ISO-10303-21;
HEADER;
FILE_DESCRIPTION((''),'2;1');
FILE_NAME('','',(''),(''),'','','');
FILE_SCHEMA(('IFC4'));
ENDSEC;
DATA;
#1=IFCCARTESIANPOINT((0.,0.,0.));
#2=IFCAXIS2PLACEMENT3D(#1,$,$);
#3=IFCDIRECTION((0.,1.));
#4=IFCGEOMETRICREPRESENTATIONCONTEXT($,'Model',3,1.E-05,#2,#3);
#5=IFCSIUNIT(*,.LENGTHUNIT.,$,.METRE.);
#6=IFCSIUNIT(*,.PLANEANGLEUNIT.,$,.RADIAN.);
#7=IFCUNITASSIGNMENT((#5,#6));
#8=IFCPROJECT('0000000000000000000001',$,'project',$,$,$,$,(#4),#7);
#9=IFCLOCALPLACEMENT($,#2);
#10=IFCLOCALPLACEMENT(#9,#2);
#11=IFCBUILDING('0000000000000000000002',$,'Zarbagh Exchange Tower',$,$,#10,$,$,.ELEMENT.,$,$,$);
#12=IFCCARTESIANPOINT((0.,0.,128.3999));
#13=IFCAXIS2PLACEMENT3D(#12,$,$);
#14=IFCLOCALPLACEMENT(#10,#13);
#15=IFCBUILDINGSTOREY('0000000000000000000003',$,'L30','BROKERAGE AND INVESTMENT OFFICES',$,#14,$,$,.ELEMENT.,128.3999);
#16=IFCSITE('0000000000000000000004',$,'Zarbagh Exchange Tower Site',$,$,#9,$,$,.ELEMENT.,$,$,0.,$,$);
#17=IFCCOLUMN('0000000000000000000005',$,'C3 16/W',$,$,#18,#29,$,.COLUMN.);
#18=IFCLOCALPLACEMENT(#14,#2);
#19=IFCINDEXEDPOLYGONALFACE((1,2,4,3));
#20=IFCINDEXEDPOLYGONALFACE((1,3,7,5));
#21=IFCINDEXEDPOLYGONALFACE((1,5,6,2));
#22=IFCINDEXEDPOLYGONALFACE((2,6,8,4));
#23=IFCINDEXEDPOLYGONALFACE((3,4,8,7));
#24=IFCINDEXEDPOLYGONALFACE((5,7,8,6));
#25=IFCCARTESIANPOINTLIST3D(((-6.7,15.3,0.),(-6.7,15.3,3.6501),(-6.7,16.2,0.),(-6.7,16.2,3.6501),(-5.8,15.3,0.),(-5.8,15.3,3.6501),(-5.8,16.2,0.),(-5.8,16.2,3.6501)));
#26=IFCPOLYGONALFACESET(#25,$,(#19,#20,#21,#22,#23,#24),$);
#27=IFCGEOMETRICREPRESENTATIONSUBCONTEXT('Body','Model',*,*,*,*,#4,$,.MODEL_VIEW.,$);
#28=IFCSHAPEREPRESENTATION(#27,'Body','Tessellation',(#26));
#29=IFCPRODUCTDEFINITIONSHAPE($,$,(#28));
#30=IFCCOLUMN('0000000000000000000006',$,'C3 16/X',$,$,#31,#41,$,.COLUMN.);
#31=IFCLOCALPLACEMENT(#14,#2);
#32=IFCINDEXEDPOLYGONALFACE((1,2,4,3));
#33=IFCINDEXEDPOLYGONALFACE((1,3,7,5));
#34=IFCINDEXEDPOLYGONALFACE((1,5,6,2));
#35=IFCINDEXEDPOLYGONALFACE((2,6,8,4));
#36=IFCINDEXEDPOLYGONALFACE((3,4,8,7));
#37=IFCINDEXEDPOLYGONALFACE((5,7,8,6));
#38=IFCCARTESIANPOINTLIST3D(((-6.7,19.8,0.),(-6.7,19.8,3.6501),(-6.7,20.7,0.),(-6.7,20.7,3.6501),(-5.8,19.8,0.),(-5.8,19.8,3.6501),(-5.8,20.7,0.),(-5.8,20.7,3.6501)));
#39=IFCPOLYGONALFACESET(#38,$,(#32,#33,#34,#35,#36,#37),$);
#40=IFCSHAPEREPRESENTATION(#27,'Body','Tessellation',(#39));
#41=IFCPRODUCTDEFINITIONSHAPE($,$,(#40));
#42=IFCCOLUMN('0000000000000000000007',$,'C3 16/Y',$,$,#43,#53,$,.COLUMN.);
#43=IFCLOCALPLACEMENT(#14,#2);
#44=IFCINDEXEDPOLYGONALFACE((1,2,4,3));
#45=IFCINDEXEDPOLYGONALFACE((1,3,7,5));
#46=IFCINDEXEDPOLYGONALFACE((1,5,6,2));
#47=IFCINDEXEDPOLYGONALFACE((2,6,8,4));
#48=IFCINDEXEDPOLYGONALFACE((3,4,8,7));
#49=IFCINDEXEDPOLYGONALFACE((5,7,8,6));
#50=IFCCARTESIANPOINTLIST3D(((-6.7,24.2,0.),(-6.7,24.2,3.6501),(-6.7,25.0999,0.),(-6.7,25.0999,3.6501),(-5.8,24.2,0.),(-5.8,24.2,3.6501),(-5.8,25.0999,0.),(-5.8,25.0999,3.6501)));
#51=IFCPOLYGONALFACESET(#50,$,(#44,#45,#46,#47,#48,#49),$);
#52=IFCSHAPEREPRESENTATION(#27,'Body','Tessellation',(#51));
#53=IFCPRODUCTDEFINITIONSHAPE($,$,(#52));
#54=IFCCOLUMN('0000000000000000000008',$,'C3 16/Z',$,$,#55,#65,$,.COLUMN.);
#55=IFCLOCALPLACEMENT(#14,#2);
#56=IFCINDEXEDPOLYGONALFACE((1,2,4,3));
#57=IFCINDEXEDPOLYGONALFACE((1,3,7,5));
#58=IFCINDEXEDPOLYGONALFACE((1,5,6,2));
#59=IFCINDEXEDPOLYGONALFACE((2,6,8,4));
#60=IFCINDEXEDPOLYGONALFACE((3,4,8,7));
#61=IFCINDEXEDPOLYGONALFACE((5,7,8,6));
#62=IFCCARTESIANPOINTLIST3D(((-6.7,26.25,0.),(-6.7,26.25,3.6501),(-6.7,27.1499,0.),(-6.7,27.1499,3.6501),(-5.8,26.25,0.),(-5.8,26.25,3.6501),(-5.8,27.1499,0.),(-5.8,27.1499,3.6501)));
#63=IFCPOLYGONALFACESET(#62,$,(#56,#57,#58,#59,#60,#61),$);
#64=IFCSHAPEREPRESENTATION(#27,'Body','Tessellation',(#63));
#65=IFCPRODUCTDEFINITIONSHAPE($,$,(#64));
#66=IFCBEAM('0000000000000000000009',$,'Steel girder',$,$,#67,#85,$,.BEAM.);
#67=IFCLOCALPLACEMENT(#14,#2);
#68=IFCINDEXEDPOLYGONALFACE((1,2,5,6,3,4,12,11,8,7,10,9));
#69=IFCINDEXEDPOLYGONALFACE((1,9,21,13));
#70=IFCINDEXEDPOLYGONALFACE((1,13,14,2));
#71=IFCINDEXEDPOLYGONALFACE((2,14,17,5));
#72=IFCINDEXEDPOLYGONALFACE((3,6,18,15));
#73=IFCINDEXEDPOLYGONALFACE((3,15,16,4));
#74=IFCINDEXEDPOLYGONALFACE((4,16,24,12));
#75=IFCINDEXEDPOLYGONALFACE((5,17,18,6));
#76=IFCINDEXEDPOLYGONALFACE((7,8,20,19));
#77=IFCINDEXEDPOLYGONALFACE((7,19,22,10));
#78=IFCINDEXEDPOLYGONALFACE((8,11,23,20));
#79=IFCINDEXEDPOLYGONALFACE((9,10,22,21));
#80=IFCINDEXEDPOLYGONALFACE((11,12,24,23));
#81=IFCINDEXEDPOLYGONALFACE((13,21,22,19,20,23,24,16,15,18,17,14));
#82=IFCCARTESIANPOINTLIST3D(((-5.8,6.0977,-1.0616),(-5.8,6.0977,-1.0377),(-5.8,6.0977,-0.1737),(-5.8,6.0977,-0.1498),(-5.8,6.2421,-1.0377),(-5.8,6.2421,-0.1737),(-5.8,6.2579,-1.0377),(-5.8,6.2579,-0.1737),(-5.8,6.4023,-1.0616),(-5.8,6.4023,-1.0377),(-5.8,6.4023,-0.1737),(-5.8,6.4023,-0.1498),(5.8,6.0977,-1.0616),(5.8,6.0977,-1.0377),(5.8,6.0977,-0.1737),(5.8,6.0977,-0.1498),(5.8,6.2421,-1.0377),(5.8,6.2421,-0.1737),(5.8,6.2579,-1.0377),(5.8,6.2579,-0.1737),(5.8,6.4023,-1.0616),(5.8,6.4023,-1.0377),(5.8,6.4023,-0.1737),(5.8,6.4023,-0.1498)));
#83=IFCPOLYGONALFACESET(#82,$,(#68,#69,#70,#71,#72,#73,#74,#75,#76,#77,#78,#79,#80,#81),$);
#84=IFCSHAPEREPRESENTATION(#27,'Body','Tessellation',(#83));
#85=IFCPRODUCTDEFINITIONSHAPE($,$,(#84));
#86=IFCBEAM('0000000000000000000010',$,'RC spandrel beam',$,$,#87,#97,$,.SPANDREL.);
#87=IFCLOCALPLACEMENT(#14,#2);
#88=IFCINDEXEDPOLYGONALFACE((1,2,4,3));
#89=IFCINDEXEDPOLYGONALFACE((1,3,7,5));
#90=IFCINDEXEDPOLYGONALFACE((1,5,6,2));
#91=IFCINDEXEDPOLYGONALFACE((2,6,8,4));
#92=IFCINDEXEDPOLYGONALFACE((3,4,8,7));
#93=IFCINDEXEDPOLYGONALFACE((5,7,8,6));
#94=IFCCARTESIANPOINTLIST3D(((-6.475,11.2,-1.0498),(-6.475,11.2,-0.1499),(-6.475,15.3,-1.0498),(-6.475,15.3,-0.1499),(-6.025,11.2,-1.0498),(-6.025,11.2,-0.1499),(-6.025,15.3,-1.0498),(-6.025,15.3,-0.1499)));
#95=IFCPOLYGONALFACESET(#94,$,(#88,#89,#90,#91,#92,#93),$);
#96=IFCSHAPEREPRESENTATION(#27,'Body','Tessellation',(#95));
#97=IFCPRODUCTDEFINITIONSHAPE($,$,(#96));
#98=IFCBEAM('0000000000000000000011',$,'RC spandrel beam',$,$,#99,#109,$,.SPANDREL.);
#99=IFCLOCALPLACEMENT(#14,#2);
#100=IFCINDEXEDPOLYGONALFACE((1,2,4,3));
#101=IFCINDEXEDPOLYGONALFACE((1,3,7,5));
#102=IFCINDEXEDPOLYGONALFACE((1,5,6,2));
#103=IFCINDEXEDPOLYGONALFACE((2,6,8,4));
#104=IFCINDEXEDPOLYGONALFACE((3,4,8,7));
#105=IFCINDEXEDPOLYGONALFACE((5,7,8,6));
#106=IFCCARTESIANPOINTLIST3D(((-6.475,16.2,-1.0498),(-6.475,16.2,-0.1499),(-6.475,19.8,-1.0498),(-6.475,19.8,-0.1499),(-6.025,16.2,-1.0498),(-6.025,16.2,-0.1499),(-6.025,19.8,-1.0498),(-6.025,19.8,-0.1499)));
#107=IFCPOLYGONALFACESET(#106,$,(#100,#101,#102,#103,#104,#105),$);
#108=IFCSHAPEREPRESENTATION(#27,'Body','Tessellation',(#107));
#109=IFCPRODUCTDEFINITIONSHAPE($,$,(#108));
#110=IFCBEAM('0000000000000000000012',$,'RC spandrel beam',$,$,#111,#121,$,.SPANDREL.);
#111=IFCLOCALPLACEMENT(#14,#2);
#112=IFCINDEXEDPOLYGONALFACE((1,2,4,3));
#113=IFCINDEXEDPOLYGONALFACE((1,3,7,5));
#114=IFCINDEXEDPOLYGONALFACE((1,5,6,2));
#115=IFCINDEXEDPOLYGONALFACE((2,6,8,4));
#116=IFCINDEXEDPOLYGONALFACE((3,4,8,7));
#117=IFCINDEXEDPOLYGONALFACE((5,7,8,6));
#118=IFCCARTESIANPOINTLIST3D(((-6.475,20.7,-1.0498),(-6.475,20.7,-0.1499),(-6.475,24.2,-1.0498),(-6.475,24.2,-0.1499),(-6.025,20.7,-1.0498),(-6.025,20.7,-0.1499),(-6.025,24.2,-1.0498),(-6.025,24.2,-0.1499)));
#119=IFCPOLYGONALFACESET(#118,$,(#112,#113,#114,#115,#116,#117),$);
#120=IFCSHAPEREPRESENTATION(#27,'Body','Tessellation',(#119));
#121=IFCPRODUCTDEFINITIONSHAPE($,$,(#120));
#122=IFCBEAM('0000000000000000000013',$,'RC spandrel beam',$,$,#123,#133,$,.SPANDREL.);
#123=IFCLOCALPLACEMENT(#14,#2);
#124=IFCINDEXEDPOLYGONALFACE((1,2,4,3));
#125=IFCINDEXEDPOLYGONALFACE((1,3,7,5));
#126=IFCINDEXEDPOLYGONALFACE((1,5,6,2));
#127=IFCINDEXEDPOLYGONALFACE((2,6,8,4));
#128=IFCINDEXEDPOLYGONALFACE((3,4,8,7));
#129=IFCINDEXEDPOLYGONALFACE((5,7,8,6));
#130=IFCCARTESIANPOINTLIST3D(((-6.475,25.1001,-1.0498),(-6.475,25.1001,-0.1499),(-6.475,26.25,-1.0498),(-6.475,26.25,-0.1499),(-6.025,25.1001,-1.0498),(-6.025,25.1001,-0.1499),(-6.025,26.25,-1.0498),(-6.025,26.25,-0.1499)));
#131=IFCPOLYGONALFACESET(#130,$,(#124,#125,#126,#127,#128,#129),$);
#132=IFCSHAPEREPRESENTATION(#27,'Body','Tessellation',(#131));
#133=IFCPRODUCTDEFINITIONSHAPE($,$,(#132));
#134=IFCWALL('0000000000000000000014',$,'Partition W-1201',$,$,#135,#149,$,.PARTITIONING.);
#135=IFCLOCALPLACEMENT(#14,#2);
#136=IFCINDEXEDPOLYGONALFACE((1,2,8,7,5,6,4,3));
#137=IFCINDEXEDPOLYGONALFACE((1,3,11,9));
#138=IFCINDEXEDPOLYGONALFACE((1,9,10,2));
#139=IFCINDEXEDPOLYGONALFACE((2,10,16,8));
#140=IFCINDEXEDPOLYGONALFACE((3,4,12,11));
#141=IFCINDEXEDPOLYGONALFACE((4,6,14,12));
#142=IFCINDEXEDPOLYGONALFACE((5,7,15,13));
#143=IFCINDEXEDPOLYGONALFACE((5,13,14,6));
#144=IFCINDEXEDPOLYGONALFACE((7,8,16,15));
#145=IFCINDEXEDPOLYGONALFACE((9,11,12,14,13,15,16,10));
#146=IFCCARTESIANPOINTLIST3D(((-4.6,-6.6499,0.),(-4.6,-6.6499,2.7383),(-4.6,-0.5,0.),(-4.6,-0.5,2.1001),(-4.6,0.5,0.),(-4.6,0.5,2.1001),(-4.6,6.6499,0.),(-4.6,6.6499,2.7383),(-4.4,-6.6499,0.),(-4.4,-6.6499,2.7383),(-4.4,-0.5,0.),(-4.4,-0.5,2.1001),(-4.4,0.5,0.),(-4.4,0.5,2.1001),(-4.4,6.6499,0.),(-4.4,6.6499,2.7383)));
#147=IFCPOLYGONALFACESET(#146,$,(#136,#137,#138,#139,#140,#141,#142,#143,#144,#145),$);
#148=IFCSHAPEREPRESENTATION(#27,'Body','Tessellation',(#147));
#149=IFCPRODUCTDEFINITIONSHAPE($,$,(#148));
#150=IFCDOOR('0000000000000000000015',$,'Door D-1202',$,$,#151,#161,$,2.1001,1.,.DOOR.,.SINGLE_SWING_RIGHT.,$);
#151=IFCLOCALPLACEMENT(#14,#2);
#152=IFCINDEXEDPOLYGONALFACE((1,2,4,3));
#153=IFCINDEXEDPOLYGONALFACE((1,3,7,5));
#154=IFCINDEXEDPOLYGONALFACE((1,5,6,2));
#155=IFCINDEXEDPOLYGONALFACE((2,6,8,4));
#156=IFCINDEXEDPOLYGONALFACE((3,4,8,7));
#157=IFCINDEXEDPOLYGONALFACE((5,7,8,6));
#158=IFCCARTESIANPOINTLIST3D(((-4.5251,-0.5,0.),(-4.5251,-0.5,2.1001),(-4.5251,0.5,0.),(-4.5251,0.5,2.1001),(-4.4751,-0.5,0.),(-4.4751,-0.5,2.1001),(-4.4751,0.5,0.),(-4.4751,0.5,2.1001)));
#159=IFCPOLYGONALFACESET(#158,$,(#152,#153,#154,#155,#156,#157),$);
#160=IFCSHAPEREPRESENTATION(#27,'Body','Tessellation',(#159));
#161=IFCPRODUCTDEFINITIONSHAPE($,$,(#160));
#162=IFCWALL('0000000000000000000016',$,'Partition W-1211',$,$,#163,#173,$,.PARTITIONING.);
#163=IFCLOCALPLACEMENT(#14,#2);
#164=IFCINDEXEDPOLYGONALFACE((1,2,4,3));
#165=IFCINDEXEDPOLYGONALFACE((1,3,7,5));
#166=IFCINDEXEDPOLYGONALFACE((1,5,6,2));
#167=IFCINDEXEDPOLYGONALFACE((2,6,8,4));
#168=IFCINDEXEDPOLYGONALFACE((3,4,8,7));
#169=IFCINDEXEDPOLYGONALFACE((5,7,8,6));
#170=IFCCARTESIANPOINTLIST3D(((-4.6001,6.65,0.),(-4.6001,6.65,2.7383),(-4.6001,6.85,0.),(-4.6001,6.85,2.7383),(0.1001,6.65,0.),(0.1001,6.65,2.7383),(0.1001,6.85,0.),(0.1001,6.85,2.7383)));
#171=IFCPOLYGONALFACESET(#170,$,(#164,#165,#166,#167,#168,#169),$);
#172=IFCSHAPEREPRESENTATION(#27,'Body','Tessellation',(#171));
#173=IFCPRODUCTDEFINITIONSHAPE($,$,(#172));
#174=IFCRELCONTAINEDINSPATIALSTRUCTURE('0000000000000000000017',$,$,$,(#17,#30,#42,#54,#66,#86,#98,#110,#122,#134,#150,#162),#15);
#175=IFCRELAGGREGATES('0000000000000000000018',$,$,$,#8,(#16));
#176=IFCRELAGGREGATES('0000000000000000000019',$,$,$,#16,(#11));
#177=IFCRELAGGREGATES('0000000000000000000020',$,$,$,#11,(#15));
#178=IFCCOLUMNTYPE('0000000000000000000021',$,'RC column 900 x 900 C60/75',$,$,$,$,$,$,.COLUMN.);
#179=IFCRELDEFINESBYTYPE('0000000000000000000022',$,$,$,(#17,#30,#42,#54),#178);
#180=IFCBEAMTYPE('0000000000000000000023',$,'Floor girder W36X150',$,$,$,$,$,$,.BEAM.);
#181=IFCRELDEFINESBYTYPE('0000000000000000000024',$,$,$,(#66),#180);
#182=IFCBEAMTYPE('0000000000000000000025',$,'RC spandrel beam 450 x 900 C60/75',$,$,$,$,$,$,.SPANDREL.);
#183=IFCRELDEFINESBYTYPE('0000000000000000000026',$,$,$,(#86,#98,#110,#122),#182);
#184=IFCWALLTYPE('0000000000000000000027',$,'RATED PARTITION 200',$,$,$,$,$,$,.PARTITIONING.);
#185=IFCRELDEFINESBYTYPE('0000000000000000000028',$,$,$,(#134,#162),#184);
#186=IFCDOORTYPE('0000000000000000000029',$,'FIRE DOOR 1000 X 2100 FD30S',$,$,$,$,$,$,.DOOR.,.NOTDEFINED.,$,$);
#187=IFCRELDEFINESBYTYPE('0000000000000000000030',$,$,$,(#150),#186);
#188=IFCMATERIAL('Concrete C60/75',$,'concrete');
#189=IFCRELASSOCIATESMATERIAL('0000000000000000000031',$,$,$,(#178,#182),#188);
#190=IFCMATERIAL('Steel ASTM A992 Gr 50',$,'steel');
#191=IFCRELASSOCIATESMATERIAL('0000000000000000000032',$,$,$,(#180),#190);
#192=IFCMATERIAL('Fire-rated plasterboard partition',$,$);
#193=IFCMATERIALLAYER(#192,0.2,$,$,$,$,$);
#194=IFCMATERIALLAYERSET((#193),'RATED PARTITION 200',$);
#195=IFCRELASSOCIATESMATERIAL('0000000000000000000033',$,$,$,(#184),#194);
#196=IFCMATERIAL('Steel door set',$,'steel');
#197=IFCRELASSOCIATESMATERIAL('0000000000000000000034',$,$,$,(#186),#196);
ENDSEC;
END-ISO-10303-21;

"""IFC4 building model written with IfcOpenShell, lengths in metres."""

from ifc_helpers import new_model, si_unit, direction, frame, frame_2d, origin, origin_2d, place, context, subcontext, project, spatial, rectangle, i_section, extrude, material, layer, layer_set, material_profile, profile_set, type_object, element, fill, save


model = new_model("IFC4")

# Units and contexts
model_context = context("Model", 3, precision=1e-05, world=origin(), true_north=direction((0.0, 1.0)))
body_context = subcontext(model_context, "Body", "Model", "MODEL_VIEW")
ifc_project = project(units=[si_unit("LENGTHUNIT", "METRE"), si_unit("PLANEANGLEUNIT", "RADIAN")], contexts=[model_context])

# Site, building, storey
site_placement = place(None, origin())
site = spatial("IfcSite", under=ifc_project, at=site_placement, Name="Zarbagh Exchange Tower Site", CompositionType="ELEMENT", RefElevation=0.0)
building_placement = place(site_placement, origin())
building = spatial("IfcBuilding", under=site, at=building_placement, Name="Zarbagh Exchange Tower", CompositionType="ELEMENT")
storey_placement = place(building_placement, frame((0.0, 0.0, 128.3999)))
storey = spatial("IfcBuildingStorey", under=building, at=storey_placement, Name="L30", Description="BROKERAGE AND INVESTMENT OFFICES", CompositionType="ELEMENT", Elevation=128.3999)

# Columns
ifc_material_1 = material(Name="Concrete C60/75", Category="concrete")
ifc_material_profile_1 = material_profile(ifc_material_1, rectangle(XDim=0.8999, YDim=0.8999, at=origin_2d()), Name="RC column 900 x 900 C60/75")
ifc_profile_set_1 = profile_set([ifc_material_profile_1], Name="Concrete C60/75")
column_type = type_object("IfcColumnType", Name="RC column 900 x 900 C60/75", PredefinedType="COLUMN", material=ifc_profile_set_1)
for number, where, z_axis, x_axis, name in (
    (1, (-6.25, 15.75, 0.0), (0.0, 0.0, 1.0), (1.0, 0.0, 0.0), "C3 16/W"),
    (2, (-6.25, 20.25, 0.0), (0.0, 0.0, 1.0), (1.0, 0.0, 0.0), "C3 16/X"),
    (3, (-6.25, 24.6499, 0.0), (0.0, 0.0, 1.0), (1.0, 0.0, 0.0), "C3 16/Y"),
    (4, (-6.25, 26.7, 0.0), (0.0, 0.0, 1.0), (1.0, 0.0, 0.0), "C3 16/Z"),
):
    element("IfcColumn", number, at=place(storey_placement, frame(where, z_axis=z_axis, x_axis=x_axis)), inside=storey, type_object=column_type, Name=name, PredefinedType="COLUMN", context=body_context, shape_type="SweptSolid", body=[
        extrude(rectangle(XDim=0.8999, YDim=0.8999, at=origin_2d()), origin(), (0.0, 0.0, 1.0), 3.6501),
    ])

# Beams
ifc_material_2 = material(Name="Steel ASTM A992 Gr 50", Category="steel")
ifc_material_profile_2 = material_profile(ifc_material_2, i_section(OverallWidth=0.3047, OverallDepth=0.9119, WebThickness=0.0159, FlangeThickness=0.0239, at=origin_2d()), Name="W36X150")
ifc_profile_set_2 = profile_set([ifc_material_profile_2], Name="Steel ASTM A992 Gr 50")
beam_type_1 = type_object("IfcBeamType", Name="Floor girder W36X150", PredefinedType="BEAM", material=ifc_profile_set_2)
beam_1_placement = place(storey_placement, frame((-5.8, 6.25, -0.6057), z_axis=(1.0, 0.0, 0.0), x_axis=(0.0, 1.0, 0.0)))
element("IfcBeam", 5, at=beam_1_placement, inside=storey, type_object=beam_type_1, Name="Steel girder", PredefinedType="BEAM", context=body_context, shape_type="SweptSolid", body=[
    extrude(i_section(OverallWidth=0.3047, OverallDepth=0.9119, WebThickness=0.0159, FlangeThickness=0.0239, at=origin_2d()), origin(), (0.0, 0.0, 1.0), 11.6001),
])
ifc_material_profile_3 = material_profile(ifc_material_1, rectangle(XDim=0.45, YDim=0.8999, at=origin_2d()), Name="RC spandrel beam 450 x 900 C60/75")
ifc_profile_set_3 = profile_set([ifc_material_profile_3], Name="Concrete C60/75")
beam_type_2 = type_object("IfcBeamType", Name="RC spandrel beam 450 x 900 C60/75", PredefinedType="SPANDREL", material=ifc_profile_set_3)
beam_2_placement = place(storey_placement, frame((-6.25, 11.2, -0.5999), z_axis=(0.0, 1.0, 0.0), x_axis=(-1.0, 0.0, 0.0)))
element("IfcBeam", 6, at=beam_2_placement, inside=storey, type_object=beam_type_2, Name="RC spandrel beam", PredefinedType="SPANDREL", context=body_context, shape_type="SweptSolid", body=[
    extrude(rectangle(XDim=0.45, YDim=0.8999, at=origin_2d()), origin(), (0.0, 0.0, 1.0), 4.1001),
])
beam_3_placement = place(storey_placement, frame((-6.25, 16.2, -0.5999), z_axis=(0.0, 1.0, 0.0), x_axis=(-1.0, 0.0, 0.0)))
element("IfcBeam", 7, at=beam_3_placement, inside=storey, type_object=beam_type_2, Name="RC spandrel beam", PredefinedType="SPANDREL", context=body_context, shape_type="SweptSolid", body=[
    extrude(rectangle(XDim=0.45, YDim=0.8999, at=origin_2d()), origin(), (0.0, 0.0, 1.0), 3.6001),
])
beam_4_placement = place(storey_placement, frame((-6.25, 20.7, -0.5999), z_axis=(0.0, 1.0, 0.0), x_axis=(-1.0, 0.0, 0.0)))
element("IfcBeam", 8, at=beam_4_placement, inside=storey, type_object=beam_type_2, Name="RC spandrel beam", PredefinedType="SPANDREL", context=body_context, shape_type="SweptSolid", body=[
    extrude(rectangle(XDim=0.45, YDim=0.8999, at=origin_2d()), origin(), (0.0, 0.0, 1.0), 3.5),
])
beam_5_placement = place(storey_placement, frame((-6.25, 25.1001, -0.5999), z_axis=(0.0, 1.0, 0.0), x_axis=(-1.0, 0.0, 0.0)))
element("IfcBeam", 9, at=beam_5_placement, inside=storey, type_object=beam_type_2, Name="RC spandrel beam", PredefinedType="SPANDREL", context=body_context, shape_type="SweptSolid", body=[
    extrude(rectangle(XDim=0.45, YDim=0.8999, at=origin_2d()), origin(), (0.0, 0.0, 1.0), 1.1499),
])

# Wall, opening, door
ifc_material_3 = material(Name="Fire-rated plasterboard partition")
ifc_layer_1 = layer(ifc_material_3, 0.2)
ifc_layer_set_1 = layer_set([ifc_layer_1], Name="RATED PARTITION 200")
wall_type_1 = type_object("IfcWallType", Name="RATED PARTITION 200", PredefinedType="PARTITIONING", material=ifc_layer_set_1)
wall_1_placement = place(storey_placement, frame((-4.5, 6.6499, 0.0), z_axis=(0.0, 0.0, 1.0), x_axis=(0.0, -1.0, 0.0)))
wall_1 = element("IfcWall", 10, at=wall_1_placement, inside=storey, type_object=wall_type_1, Name="Partition W-1201", PredefinedType="PARTITIONING", context=body_context, shape_type="SweptSolid", body=[
    extrude(rectangle(XDim=13.2998, YDim=0.2, at=frame_2d((6.6499, 0.0))), origin(), (0.0, 0.0, 1.0), 2.7383),
])
opening_1_placement = place(wall_1_placement, frame((6.1499, 0.0, 0.0)))
opening_1 = element("IfcOpeningElement", 11, at=opening_1_placement, cuts=wall_1, PredefinedType="OPENING", context=body_context, shape_type="SweptSolid", body=[
    extrude(rectangle(XDim=1.0, YDim=2.1001, at=frame_2d((0.5, 1.05))), frame((0.0, 0.1099, 0.0), z_axis=(0.0, -1.0, 0.0), x_axis=(1.0, 0.0, 0.0)), (0.0, 0.0, 1.0), 0.22),
])
ifc_material_4 = material(Name="Steel door set", Category="steel")
door_type_1 = type_object("IfcDoorType", Name="FIRE DOOR 1000 X 2100 FD30S", OperationType="NOTDEFINED", PredefinedType="DOOR", material=ifc_material_4)
door_1_placement = place(opening_1_placement, origin())
door_1 = element("IfcDoor", 12, at=door_1_placement, inside=storey, type_object=door_type_1, Name="Door D-1202", OperationType="SINGLE_SWING_RIGHT", OverallHeight=2.1001, OverallWidth=1.0, PredefinedType="DOOR", context=body_context, shape_type="SweptSolid", body=[
    extrude(rectangle(XDim=1.0, YDim=2.1001, at=frame_2d((0.5, 1.05))), frame((0.0, 0.0249, 0.0), z_axis=(0.0, -1.0, 0.0), x_axis=(1.0, 0.0, 0.0)), (0.0, 0.0, 1.0), 0.05),
])
fill(opening_1, door_1)

# Wall
wall_2_placement = place(storey_placement, frame((-4.6001, 6.75, 0.0), z_axis=(0.0, 0.0, 1.0), x_axis=(1.0, 0.0, 0.0)))
element("IfcWall", 13, at=wall_2_placement, inside=storey, type_object=wall_type_1, Name="Partition W-1211", PredefinedType="PARTITIONING", context=body_context, shape_type="SweptSolid", body=[
    extrude(rectangle(XDim=4.7002, YDim=0.2, at=frame_2d((2.3501, 0.0))), origin(), (0.0, 0.0, 1.0), 2.7383),
])

save(model, "model.ifc")
